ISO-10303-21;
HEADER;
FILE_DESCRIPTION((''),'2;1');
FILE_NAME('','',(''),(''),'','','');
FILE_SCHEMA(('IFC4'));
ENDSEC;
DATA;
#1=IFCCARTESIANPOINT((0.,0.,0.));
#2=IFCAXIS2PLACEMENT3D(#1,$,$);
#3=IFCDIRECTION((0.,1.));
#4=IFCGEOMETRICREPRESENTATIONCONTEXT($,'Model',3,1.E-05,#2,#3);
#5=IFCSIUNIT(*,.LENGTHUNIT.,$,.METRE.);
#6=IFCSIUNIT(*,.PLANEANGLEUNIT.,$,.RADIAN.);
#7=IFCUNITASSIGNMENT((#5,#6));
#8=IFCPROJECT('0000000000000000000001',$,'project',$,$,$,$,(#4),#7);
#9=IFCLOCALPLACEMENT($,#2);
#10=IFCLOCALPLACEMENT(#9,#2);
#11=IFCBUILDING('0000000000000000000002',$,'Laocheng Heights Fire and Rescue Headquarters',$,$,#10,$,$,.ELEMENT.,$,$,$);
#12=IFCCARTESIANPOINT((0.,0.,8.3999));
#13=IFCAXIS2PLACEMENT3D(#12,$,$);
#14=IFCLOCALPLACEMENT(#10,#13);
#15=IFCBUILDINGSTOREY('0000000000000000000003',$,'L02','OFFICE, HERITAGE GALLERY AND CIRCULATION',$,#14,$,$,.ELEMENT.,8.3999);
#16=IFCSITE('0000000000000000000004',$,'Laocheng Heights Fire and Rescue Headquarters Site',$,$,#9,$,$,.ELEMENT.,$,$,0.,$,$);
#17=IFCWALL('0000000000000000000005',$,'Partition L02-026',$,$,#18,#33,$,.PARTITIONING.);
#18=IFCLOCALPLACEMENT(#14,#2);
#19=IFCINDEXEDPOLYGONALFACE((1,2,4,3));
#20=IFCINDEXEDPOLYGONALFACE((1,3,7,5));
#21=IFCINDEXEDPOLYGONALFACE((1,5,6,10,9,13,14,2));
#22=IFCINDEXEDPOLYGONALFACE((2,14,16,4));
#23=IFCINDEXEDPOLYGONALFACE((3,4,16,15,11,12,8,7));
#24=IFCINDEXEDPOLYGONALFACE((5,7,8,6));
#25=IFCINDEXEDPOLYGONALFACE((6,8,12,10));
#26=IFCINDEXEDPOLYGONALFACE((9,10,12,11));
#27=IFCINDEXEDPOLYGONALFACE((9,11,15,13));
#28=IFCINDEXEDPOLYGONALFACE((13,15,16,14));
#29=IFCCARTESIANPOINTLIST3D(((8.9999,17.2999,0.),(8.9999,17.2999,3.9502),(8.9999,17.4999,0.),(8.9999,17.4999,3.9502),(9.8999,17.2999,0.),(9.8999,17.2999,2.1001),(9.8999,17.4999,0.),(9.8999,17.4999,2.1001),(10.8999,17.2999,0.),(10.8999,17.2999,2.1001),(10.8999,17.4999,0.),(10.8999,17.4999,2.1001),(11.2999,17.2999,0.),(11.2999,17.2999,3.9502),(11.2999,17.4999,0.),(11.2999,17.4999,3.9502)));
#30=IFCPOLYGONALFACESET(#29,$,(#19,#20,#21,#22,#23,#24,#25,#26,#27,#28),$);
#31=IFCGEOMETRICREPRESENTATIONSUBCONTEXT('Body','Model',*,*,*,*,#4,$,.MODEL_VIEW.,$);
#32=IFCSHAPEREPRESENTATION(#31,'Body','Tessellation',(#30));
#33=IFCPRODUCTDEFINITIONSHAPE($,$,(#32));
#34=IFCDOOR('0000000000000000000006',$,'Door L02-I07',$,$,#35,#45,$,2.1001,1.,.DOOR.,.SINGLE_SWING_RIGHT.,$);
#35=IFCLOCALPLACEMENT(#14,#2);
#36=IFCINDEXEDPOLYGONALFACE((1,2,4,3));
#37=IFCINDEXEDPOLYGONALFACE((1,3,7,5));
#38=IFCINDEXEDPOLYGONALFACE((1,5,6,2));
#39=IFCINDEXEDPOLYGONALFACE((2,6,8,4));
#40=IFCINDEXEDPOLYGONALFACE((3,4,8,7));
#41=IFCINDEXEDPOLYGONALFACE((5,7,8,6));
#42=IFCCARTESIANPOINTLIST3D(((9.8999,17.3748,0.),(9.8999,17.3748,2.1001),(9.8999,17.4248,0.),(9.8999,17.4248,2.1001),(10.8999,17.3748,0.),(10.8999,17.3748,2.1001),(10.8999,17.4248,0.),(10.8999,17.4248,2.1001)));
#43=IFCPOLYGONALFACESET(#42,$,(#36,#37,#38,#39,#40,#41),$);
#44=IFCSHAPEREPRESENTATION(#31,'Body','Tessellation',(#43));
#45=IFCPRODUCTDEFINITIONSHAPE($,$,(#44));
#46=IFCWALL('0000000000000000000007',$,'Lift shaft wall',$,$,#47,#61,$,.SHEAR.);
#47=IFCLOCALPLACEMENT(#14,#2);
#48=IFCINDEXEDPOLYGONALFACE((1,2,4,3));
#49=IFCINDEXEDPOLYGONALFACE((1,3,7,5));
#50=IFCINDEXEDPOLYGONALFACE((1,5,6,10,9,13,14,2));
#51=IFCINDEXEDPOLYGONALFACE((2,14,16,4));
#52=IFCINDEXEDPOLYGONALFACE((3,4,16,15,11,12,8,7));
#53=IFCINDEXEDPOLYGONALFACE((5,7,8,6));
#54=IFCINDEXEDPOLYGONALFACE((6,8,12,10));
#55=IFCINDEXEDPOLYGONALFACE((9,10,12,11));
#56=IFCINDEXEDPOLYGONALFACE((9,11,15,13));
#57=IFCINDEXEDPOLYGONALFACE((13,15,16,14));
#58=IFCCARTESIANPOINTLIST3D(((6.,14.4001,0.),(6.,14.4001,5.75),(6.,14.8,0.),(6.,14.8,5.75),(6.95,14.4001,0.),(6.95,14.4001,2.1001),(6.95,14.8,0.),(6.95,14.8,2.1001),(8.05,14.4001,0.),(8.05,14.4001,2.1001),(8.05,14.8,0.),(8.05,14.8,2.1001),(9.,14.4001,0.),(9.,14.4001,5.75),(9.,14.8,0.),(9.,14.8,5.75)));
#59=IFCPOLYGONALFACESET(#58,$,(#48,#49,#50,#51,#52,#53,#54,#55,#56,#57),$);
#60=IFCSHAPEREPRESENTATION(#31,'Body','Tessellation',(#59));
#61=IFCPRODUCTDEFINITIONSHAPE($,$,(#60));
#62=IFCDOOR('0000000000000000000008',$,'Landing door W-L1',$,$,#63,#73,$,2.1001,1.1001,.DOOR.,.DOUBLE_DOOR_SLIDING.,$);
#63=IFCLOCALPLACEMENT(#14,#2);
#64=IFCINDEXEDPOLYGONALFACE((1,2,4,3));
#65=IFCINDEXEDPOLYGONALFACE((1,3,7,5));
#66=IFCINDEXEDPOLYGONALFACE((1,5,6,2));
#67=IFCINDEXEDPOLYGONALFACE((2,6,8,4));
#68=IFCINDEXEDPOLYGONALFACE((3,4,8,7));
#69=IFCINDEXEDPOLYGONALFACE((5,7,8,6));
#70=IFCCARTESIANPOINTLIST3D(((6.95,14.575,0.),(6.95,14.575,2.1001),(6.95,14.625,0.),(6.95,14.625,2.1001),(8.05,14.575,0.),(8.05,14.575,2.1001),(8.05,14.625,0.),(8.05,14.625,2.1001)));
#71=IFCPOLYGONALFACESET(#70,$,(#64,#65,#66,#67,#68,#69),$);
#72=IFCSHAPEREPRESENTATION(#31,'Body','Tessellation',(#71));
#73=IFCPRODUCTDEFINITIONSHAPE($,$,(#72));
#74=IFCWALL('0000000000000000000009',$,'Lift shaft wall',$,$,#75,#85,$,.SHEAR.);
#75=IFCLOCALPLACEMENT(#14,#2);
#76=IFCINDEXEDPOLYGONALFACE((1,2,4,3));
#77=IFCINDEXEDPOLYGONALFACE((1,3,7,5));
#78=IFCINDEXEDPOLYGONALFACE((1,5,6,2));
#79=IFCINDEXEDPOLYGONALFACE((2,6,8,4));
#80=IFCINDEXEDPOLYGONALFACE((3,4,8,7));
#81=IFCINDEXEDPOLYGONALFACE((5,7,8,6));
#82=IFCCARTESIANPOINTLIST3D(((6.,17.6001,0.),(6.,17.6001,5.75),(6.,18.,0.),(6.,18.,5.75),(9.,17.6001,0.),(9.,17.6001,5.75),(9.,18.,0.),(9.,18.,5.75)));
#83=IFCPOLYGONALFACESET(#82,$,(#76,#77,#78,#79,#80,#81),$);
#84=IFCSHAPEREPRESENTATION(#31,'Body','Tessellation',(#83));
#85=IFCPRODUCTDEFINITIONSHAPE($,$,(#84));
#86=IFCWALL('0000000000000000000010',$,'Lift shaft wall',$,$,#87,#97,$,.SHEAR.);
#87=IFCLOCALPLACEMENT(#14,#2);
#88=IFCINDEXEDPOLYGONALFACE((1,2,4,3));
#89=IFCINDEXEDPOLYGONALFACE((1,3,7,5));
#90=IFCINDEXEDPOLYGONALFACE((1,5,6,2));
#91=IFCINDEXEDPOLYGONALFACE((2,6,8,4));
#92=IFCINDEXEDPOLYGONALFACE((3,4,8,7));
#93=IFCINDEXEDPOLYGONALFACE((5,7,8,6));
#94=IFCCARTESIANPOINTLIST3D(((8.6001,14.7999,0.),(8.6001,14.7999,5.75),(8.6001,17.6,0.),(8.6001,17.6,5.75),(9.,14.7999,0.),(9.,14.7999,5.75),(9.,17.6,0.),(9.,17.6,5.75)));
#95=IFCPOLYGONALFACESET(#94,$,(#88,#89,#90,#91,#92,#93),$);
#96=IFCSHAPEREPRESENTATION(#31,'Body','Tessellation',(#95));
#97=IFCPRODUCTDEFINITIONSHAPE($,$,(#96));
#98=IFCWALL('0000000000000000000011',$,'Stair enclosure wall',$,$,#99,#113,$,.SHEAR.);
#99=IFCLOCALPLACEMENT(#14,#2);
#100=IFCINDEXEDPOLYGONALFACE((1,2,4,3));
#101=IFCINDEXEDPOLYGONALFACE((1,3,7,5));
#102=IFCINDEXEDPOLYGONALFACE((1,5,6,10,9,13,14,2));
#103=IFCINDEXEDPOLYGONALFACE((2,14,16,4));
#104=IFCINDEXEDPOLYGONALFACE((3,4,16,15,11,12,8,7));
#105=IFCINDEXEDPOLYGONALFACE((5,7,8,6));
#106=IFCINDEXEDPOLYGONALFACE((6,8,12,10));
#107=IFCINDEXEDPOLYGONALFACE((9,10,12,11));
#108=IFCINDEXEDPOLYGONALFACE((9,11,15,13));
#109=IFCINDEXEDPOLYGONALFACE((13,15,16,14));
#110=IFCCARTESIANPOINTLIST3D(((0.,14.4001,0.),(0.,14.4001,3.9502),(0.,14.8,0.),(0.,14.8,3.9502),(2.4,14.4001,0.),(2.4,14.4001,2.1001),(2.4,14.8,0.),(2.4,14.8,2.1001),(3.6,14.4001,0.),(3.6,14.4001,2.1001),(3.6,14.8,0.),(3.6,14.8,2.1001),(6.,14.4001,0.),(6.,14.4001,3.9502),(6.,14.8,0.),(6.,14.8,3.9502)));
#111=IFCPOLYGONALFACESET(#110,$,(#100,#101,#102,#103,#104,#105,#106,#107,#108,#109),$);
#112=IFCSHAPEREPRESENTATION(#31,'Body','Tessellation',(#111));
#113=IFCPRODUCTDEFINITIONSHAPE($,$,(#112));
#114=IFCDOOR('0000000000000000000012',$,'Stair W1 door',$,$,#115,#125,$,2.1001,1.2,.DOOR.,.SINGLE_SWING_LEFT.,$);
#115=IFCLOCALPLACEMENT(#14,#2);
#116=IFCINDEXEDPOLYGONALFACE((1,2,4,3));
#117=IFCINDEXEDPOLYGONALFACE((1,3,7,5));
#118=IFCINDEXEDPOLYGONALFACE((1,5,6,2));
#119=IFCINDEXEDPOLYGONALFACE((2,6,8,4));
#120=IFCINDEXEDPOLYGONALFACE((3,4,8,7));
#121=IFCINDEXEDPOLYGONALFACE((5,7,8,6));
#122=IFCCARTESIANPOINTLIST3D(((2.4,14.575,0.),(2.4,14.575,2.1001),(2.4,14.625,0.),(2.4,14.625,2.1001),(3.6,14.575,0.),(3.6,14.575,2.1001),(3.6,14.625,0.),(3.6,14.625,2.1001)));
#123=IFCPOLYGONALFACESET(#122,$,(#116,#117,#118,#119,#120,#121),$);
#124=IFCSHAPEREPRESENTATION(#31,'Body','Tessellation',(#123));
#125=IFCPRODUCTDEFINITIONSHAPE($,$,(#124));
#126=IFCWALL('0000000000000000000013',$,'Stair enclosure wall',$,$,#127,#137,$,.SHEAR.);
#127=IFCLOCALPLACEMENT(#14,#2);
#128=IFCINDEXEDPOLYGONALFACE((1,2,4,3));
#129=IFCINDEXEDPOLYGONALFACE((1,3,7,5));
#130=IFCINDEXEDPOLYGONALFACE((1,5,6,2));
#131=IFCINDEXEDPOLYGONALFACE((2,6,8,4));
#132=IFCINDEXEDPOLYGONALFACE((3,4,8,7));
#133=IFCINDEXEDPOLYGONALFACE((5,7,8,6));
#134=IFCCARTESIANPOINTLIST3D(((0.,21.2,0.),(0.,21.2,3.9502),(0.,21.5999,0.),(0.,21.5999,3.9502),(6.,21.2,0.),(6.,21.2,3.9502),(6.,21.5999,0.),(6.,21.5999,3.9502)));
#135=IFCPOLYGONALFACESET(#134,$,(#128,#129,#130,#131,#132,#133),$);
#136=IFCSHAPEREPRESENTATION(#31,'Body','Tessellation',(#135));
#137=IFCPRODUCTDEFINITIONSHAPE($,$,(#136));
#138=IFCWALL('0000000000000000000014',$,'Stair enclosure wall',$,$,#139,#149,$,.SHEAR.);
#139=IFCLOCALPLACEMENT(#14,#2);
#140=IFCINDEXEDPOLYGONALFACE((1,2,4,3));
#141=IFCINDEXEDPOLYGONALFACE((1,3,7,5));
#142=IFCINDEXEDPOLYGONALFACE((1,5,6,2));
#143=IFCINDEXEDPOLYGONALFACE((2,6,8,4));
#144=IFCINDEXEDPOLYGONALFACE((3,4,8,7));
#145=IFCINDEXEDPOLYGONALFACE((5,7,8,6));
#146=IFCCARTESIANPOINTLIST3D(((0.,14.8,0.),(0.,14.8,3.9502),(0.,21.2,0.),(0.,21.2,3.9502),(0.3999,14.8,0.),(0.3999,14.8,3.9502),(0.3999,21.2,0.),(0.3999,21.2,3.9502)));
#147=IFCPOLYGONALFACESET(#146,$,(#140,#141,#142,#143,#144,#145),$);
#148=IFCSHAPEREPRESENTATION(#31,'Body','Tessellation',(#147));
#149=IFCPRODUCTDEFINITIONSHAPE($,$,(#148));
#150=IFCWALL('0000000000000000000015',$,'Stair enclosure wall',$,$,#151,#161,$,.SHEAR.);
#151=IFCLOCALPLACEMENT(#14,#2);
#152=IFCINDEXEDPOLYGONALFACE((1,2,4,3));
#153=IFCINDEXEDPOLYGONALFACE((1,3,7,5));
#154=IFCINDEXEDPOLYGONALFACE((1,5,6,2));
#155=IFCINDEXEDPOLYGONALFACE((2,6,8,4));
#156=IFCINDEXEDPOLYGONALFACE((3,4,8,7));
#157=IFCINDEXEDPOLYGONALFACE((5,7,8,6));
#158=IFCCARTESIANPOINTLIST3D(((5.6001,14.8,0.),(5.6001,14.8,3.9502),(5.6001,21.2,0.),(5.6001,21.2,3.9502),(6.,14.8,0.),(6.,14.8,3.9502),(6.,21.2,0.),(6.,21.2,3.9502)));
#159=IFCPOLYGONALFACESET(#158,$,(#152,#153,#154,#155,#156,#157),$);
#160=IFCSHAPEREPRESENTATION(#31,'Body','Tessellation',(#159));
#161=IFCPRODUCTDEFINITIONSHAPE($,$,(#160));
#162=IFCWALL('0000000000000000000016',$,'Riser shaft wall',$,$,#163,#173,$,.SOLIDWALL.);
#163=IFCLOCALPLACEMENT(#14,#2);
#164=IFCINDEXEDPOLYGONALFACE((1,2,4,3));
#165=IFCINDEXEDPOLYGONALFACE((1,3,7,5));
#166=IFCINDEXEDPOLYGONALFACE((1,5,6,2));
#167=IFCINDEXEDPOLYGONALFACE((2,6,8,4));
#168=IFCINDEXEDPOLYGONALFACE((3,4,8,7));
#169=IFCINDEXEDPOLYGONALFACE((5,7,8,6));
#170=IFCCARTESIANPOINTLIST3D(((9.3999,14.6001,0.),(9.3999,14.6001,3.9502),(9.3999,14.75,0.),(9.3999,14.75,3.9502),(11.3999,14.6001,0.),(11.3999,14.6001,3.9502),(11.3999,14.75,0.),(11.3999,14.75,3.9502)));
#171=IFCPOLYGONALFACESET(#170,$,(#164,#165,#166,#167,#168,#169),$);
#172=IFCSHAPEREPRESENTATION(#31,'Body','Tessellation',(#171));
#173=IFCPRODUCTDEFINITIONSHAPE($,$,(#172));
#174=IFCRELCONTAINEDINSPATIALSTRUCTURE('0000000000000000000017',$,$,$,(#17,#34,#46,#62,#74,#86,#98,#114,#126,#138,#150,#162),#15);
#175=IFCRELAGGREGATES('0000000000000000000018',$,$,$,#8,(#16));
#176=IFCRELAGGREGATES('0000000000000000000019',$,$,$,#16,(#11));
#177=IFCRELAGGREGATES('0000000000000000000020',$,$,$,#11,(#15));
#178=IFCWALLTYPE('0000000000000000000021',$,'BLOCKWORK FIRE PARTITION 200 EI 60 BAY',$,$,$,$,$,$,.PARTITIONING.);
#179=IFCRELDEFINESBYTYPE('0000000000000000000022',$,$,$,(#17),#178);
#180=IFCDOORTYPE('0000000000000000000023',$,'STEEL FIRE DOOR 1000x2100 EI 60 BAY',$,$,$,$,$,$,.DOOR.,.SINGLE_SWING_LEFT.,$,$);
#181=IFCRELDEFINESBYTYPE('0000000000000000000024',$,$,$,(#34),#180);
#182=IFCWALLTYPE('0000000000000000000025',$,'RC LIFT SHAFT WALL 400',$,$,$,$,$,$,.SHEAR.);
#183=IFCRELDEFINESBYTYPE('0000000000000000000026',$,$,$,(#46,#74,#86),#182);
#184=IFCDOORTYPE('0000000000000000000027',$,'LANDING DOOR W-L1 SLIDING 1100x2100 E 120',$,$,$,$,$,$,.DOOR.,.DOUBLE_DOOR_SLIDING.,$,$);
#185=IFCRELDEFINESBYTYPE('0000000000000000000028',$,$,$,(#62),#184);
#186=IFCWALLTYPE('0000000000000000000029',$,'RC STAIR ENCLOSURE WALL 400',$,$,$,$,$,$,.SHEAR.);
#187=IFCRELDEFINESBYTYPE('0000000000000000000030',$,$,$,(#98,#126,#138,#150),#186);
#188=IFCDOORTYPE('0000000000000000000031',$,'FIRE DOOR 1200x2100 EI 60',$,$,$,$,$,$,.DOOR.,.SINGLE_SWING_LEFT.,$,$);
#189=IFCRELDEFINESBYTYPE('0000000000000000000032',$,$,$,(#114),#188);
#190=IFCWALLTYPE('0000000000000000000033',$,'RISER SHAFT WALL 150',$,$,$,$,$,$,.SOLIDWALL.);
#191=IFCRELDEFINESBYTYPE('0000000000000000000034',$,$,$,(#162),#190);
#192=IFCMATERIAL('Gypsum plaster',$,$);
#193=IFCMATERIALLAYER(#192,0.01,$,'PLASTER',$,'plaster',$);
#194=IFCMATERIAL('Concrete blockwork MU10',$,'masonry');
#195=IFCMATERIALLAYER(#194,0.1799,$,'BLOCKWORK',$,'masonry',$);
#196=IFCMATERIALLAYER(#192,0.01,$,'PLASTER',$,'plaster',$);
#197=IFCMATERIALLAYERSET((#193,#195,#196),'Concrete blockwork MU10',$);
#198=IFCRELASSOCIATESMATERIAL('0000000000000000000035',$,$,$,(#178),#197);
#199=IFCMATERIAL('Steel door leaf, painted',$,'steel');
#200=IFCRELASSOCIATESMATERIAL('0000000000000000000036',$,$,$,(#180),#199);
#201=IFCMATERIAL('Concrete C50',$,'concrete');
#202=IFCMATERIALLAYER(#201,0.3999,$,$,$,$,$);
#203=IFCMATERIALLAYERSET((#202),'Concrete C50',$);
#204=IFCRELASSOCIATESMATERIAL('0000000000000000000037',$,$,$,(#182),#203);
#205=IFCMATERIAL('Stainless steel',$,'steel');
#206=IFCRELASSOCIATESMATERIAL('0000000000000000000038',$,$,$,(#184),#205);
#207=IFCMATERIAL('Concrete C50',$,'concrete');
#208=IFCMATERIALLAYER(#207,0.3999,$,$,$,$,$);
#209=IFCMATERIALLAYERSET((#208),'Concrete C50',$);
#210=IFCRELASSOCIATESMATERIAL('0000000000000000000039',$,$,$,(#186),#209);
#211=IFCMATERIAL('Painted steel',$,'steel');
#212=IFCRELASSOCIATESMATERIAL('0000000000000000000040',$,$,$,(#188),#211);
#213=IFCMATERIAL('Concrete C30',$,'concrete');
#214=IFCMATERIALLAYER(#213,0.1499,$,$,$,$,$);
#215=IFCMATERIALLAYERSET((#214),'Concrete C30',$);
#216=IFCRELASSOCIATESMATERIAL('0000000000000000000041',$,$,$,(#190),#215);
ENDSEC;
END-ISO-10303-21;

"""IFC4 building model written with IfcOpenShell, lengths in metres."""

from ifc_helpers import new_model, si_unit, direction, frame, frame_2d, origin, place, context, subcontext, project, spatial, rectangle, extrude, material, layer, layer_set, type_object, element, fill, save


model = new_model("IFC4")

# Units and contexts
model_context = context("Model", 3, precision=1e-05, world=origin(), true_north=direction((0.0, 1.0)))
body_context = subcontext(model_context, "Body", "Model", "MODEL_VIEW")
ifc_project = project(units=[si_unit("LENGTHUNIT", "METRE"), si_unit("PLANEANGLEUNIT", "RADIAN")], contexts=[model_context])

# Site, building, storey
site_placement = place(None, origin())
site = spatial("IfcSite", under=ifc_project, at=site_placement, Name="Laocheng Heights Fire and Rescue Headquarters Site", CompositionType="ELEMENT", RefElevation=0.0)
building_placement = place(site_placement, origin())
building = spatial("IfcBuilding", under=site, at=building_placement, Name="Laocheng Heights Fire and Rescue Headquarters", CompositionType="ELEMENT")
storey_placement = place(building_placement, frame((0.0, 0.0, 8.3999)))
storey = spatial("IfcBuildingStorey", under=building, at=storey_placement, Name="L02", Description="OFFICE, HERITAGE GALLERY AND CIRCULATION", CompositionType="ELEMENT", Elevation=8.3999)

# Wall, opening, door
ifc_material_1 = material(Name="Gypsum plaster")
ifc_layer_1 = layer(ifc_material_1, 0.01, Name="PLASTER", Category="plaster")
ifc_material_2 = material(Name="Concrete blockwork MU10", Category="masonry")
ifc_layer_2 = layer(ifc_material_2, 0.1799, Name="BLOCKWORK", Category="masonry")
ifc_layer_3 = layer(ifc_material_1, 0.01, Name="PLASTER", Category="plaster")
ifc_layer_set_1 = layer_set([ifc_layer_1, ifc_layer_2, ifc_layer_3], Name="Concrete blockwork MU10")
wall_type_1 = type_object("IfcWallType", Name="BLOCKWORK FIRE PARTITION 200 EI 60 BAY", PredefinedType="PARTITIONING", material=ifc_layer_set_1)
wall_1_placement = place(storey_placement, frame((9.0, 17.3999, 0.0), z_axis=(0.0, 0.0, 1.0), x_axis=(1.0, 0.0, 0.0)))
wall_1 = element("IfcWall", 1, at=wall_1_placement, inside=storey, type_object=wall_type_1, Name="Partition L02-026", PredefinedType="PARTITIONING", context=body_context, shape_type="SweptSolid", body=[
    extrude(rectangle(XDim=2.3, YDim=0.2, at=frame_2d((1.1499, 0.0))), origin(), (0.0, 0.0, 1.0), 3.9502),
])
opening_1_placement = place(wall_1_placement, frame((0.8999, 0.0, 0.0)))
opening_1 = element("IfcOpeningElement", 2, at=opening_1_placement, cuts=wall_1, PredefinedType="OPENING", context=body_context, shape_type="SweptSolid", body=[
    extrude(rectangle(XDim=1.0, YDim=2.1001, at=frame_2d((0.5, 1.05))), frame((0.0, 0.1099, 0.0), z_axis=(0.0, -1.0, 0.0), x_axis=(1.0, 0.0, 0.0)), (0.0, 0.0, 1.0), 0.22),
])
ifc_material_3 = material(Name="Steel door leaf, painted", Category="steel")
door_type_1 = type_object("IfcDoorType", Name="STEEL FIRE DOOR 1000x2100 EI 60 BAY", OperationType="SINGLE_SWING_LEFT", PredefinedType="DOOR", material=ifc_material_3)
door_1_placement = place(opening_1_placement, origin())
door_1 = element("IfcDoor", 3, at=door_1_placement, inside=storey, type_object=door_type_1, Name="Door L02-I07", OperationType="SINGLE_SWING_RIGHT", OverallHeight=2.1001, OverallWidth=1.0, PredefinedType="DOOR", context=body_context, shape_type="SweptSolid", body=[
    extrude(rectangle(XDim=1.0, YDim=2.1001, at=frame_2d((0.5, 1.05))), frame((0.0, 0.0249, 0.0), z_axis=(0.0, -1.0, 0.0), x_axis=(1.0, 0.0, 0.0)), (0.0, 0.0, 1.0), 0.05),
])
fill(opening_1, door_1)

# Wall, opening, door
ifc_material_4 = material(Name="Concrete C50", Category="concrete")
ifc_layer_4 = layer(ifc_material_4, 0.3999)
ifc_layer_set_2 = layer_set([ifc_layer_4], Name="Concrete C50")
wall_type_2 = type_object("IfcWallType", Name="RC LIFT SHAFT WALL 400", PredefinedType="SHEAR", material=ifc_layer_set_2)
wall_2_placement = place(storey_placement, frame((6.0, 14.6001, 0.0), z_axis=(0.0, 0.0, 1.0), x_axis=(1.0, 0.0, 0.0)))
wall_2 = element("IfcWall", 4, at=wall_2_placement, inside=storey, type_object=wall_type_2, Name="Lift shaft wall", PredefinedType="SHEAR", context=body_context, shape_type="SweptSolid", body=[
    extrude(rectangle(XDim=3.0, YDim=0.3999, at=frame_2d((1.5, 0.0))), origin(), (0.0, 0.0, 1.0), 5.75),
])
opening_2_placement = place(wall_2_placement, frame((0.95, 0.0, 0.0)))
opening_2 = element("IfcOpeningElement", 5, at=opening_2_placement, cuts=wall_2, PredefinedType="OPENING", context=body_context, shape_type="SweptSolid", body=[
    extrude(rectangle(XDim=1.1001, YDim=2.1001, at=frame_2d((0.55, 1.05))), frame((0.0, 0.21, 0.0), z_axis=(0.0, -1.0, 0.0), x_axis=(1.0, 0.0, 0.0)), (0.0, 0.0, 1.0), 0.4199),
])
ifc_material_5 = material(Name="Stainless steel", Category="steel")
door_type_2 = type_object("IfcDoorType", Name="LANDING DOOR W-L1 SLIDING 1100x2100 E 120", OperationType="DOUBLE_DOOR_SLIDING", PredefinedType="DOOR", material=ifc_material_5)
door_2_placement = place(opening_2_placement, origin())
door_2 = element("IfcDoor", 6, at=door_2_placement, inside=storey, type_object=door_type_2, Name="Landing door W-L1", OperationType="DOUBLE_DOOR_SLIDING", OverallHeight=2.1001, OverallWidth=1.1001, PredefinedType="DOOR", context=body_context, shape_type="SweptSolid", body=[
    extrude(rectangle(XDim=1.1001, YDim=2.1001, at=frame_2d((0.55, 1.05))), frame((0.0, 0.0249, 0.0), z_axis=(0.0, -1.0, 0.0), x_axis=(1.0, 0.0, 0.0)), (0.0, 0.0, 1.0), 0.05),
])
fill(opening_2, door_2)

# Walls
wall_3_placement = place(storey_placement, frame((6.0, 17.8, 0.0), z_axis=(0.0, 0.0, 1.0), x_axis=(1.0, 0.0, 0.0)))
element("IfcWall", 7, at=wall_3_placement, inside=storey, type_object=wall_type_2, Name="Lift shaft wall", PredefinedType="SHEAR", context=body_context, shape_type="SweptSolid", body=[
    extrude(rectangle(XDim=3.0, YDim=0.3999, at=frame_2d((1.5, 0.0))), origin(), (0.0, 0.0, 1.0), 5.75),
])
wall_4_placement = place(storey_placement, frame((8.8, 14.8, 0.0), z_axis=(0.0, 0.0, 1.0), x_axis=(0.0, 1.0, 0.0)))
element("IfcWall", 8, at=wall_4_placement, inside=storey, type_object=wall_type_2, Name="Lift shaft wall", PredefinedType="SHEAR", context=body_context, shape_type="SweptSolid", body=[
    extrude(rectangle(XDim=2.8, YDim=0.3999, at=frame_2d((1.3999, 0.0))), origin(), (0.0, 0.0, 1.0), 5.75),
])

# Wall, opening, door
ifc_material_6 = material(Name="Concrete C50", Category="concrete")
ifc_layer_5 = layer(ifc_material_6, 0.3999)
ifc_layer_set_3 = layer_set([ifc_layer_5], Name="Concrete C50")
wall_type_3 = type_object("IfcWallType", Name="RC STAIR ENCLOSURE WALL 400", PredefinedType="SHEAR", material=ifc_layer_set_3)
wall_5_placement = place(storey_placement, frame((0.0, 14.6001, 0.0), z_axis=(0.0, 0.0, 1.0), x_axis=(1.0, 0.0, 0.0)))
wall_5 = element("IfcWall", 9, at=wall_5_placement, inside=storey, type_object=wall_type_3, Name="Stair enclosure wall", PredefinedType="SHEAR", context=body_context, shape_type="SweptSolid", body=[
    extrude(rectangle(XDim=6.0, YDim=0.3999, at=frame_2d((3.0, 0.0))), origin(), (0.0, 0.0, 1.0), 3.9502),
])
opening_3_placement = place(wall_5_placement, frame((2.3999, 0.0, 0.0)))
opening_3 = element("IfcOpeningElement", 10, at=opening_3_placement, cuts=wall_5, PredefinedType="OPENING", context=body_context, shape_type="SweptSolid", body=[
    extrude(rectangle(XDim=1.2, YDim=2.1001, at=frame_2d((0.6001, 1.05))), frame((0.0, 0.21, 0.0), z_axis=(0.0, -1.0, 0.0), x_axis=(1.0, 0.0, 0.0)), (0.0, 0.0, 1.0), 0.4199),
])
ifc_material_7 = material(Name="Painted steel", Category="steel")
door_type_3 = type_object("IfcDoorType", Name="FIRE DOOR 1200x2100 EI 60", OperationType="SINGLE_SWING_LEFT", PredefinedType="DOOR", material=ifc_material_7)
door_3_placement = place(opening_3_placement, origin())
door_3 = element("IfcDoor", 11, at=door_3_placement, inside=storey, type_object=door_type_3, Name="Stair W1 door", OperationType="SINGLE_SWING_LEFT", OverallHeight=2.1001, OverallWidth=1.2, PredefinedType="DOOR", context=body_context, shape_type="SweptSolid", body=[
    extrude(rectangle(XDim=1.2, YDim=2.1001, at=frame_2d((0.6001, 1.05))), frame((0.0, 0.0249, 0.0), z_axis=(0.0, -1.0, 0.0), x_axis=(1.0, 0.0, 0.0)), (0.0, 0.0, 1.0), 0.05),
])
fill(opening_3, door_3)

# Walls
wall_6_placement = place(storey_placement, frame((0.0, 21.3999, 0.0), z_axis=(0.0, 0.0, 1.0), x_axis=(1.0, 0.0, 0.0)))
element("IfcWall", 12, at=wall_6_placement, inside=storey, type_object=wall_type_3, Name="Stair enclosure wall", PredefinedType="SHEAR", context=body_context, shape_type="SweptSolid", body=[
    extrude(rectangle(XDim=6.0, YDim=0.3999, at=frame_2d((3.0, 0.0))), origin(), (0.0, 0.0, 1.0), 3.9502),
])
for number, where, z_axis, x_axis, name in (
    (13, (0.2, 14.8, 0.0), (0.0, 0.0, 1.0), (0.0, 1.0, 0.0), "Stair enclosure wall"),
    (14, (5.8, 14.8, 0.0), (0.0, 0.0, 1.0), (0.0, 1.0, 0.0), "Stair enclosure wall"),
):
    element("IfcWall", number, at=place(storey_placement, frame(where, z_axis=z_axis, x_axis=x_axis)), inside=storey, type_object=wall_type_3, Name=name, PredefinedType="SHEAR", context=body_context, shape_type="SweptSolid", body=[
        extrude(rectangle(XDim=6.3999, YDim=0.3999, at=frame_2d((3.2, 0.0))), origin(), (0.0, 0.0, 1.0), 3.9502),
    ])
ifc_material_8 = material(Name="Concrete C30", Category="concrete")
ifc_layer_6 = layer(ifc_material_8, 0.1499)
ifc_layer_set_4 = layer_set([ifc_layer_6], Name="Concrete C30")
wall_type_4 = type_object("IfcWallType", Name="RISER SHAFT WALL 150", PredefinedType="SOLIDWALL", material=ifc_layer_set_4)
wall_7_placement = place(storey_placement, frame((9.3999, 14.675, 0.0), z_axis=(0.0, 0.0, 1.0), x_axis=(1.0, 0.0, 0.0)))
element("IfcWall", 15, at=wall_7_placement, inside=storey, type_object=wall_type_4, Name="Riser shaft wall", PredefinedType="SOLIDWALL", context=body_context, shape_type="SweptSolid", body=[
    extrude(rectangle(XDim=2.0, YDim=0.1499, at=frame_2d((1.0, 0.0))), origin(), (0.0, 0.0, 1.0), 3.9502),
])

save(model, "model.ifc")
